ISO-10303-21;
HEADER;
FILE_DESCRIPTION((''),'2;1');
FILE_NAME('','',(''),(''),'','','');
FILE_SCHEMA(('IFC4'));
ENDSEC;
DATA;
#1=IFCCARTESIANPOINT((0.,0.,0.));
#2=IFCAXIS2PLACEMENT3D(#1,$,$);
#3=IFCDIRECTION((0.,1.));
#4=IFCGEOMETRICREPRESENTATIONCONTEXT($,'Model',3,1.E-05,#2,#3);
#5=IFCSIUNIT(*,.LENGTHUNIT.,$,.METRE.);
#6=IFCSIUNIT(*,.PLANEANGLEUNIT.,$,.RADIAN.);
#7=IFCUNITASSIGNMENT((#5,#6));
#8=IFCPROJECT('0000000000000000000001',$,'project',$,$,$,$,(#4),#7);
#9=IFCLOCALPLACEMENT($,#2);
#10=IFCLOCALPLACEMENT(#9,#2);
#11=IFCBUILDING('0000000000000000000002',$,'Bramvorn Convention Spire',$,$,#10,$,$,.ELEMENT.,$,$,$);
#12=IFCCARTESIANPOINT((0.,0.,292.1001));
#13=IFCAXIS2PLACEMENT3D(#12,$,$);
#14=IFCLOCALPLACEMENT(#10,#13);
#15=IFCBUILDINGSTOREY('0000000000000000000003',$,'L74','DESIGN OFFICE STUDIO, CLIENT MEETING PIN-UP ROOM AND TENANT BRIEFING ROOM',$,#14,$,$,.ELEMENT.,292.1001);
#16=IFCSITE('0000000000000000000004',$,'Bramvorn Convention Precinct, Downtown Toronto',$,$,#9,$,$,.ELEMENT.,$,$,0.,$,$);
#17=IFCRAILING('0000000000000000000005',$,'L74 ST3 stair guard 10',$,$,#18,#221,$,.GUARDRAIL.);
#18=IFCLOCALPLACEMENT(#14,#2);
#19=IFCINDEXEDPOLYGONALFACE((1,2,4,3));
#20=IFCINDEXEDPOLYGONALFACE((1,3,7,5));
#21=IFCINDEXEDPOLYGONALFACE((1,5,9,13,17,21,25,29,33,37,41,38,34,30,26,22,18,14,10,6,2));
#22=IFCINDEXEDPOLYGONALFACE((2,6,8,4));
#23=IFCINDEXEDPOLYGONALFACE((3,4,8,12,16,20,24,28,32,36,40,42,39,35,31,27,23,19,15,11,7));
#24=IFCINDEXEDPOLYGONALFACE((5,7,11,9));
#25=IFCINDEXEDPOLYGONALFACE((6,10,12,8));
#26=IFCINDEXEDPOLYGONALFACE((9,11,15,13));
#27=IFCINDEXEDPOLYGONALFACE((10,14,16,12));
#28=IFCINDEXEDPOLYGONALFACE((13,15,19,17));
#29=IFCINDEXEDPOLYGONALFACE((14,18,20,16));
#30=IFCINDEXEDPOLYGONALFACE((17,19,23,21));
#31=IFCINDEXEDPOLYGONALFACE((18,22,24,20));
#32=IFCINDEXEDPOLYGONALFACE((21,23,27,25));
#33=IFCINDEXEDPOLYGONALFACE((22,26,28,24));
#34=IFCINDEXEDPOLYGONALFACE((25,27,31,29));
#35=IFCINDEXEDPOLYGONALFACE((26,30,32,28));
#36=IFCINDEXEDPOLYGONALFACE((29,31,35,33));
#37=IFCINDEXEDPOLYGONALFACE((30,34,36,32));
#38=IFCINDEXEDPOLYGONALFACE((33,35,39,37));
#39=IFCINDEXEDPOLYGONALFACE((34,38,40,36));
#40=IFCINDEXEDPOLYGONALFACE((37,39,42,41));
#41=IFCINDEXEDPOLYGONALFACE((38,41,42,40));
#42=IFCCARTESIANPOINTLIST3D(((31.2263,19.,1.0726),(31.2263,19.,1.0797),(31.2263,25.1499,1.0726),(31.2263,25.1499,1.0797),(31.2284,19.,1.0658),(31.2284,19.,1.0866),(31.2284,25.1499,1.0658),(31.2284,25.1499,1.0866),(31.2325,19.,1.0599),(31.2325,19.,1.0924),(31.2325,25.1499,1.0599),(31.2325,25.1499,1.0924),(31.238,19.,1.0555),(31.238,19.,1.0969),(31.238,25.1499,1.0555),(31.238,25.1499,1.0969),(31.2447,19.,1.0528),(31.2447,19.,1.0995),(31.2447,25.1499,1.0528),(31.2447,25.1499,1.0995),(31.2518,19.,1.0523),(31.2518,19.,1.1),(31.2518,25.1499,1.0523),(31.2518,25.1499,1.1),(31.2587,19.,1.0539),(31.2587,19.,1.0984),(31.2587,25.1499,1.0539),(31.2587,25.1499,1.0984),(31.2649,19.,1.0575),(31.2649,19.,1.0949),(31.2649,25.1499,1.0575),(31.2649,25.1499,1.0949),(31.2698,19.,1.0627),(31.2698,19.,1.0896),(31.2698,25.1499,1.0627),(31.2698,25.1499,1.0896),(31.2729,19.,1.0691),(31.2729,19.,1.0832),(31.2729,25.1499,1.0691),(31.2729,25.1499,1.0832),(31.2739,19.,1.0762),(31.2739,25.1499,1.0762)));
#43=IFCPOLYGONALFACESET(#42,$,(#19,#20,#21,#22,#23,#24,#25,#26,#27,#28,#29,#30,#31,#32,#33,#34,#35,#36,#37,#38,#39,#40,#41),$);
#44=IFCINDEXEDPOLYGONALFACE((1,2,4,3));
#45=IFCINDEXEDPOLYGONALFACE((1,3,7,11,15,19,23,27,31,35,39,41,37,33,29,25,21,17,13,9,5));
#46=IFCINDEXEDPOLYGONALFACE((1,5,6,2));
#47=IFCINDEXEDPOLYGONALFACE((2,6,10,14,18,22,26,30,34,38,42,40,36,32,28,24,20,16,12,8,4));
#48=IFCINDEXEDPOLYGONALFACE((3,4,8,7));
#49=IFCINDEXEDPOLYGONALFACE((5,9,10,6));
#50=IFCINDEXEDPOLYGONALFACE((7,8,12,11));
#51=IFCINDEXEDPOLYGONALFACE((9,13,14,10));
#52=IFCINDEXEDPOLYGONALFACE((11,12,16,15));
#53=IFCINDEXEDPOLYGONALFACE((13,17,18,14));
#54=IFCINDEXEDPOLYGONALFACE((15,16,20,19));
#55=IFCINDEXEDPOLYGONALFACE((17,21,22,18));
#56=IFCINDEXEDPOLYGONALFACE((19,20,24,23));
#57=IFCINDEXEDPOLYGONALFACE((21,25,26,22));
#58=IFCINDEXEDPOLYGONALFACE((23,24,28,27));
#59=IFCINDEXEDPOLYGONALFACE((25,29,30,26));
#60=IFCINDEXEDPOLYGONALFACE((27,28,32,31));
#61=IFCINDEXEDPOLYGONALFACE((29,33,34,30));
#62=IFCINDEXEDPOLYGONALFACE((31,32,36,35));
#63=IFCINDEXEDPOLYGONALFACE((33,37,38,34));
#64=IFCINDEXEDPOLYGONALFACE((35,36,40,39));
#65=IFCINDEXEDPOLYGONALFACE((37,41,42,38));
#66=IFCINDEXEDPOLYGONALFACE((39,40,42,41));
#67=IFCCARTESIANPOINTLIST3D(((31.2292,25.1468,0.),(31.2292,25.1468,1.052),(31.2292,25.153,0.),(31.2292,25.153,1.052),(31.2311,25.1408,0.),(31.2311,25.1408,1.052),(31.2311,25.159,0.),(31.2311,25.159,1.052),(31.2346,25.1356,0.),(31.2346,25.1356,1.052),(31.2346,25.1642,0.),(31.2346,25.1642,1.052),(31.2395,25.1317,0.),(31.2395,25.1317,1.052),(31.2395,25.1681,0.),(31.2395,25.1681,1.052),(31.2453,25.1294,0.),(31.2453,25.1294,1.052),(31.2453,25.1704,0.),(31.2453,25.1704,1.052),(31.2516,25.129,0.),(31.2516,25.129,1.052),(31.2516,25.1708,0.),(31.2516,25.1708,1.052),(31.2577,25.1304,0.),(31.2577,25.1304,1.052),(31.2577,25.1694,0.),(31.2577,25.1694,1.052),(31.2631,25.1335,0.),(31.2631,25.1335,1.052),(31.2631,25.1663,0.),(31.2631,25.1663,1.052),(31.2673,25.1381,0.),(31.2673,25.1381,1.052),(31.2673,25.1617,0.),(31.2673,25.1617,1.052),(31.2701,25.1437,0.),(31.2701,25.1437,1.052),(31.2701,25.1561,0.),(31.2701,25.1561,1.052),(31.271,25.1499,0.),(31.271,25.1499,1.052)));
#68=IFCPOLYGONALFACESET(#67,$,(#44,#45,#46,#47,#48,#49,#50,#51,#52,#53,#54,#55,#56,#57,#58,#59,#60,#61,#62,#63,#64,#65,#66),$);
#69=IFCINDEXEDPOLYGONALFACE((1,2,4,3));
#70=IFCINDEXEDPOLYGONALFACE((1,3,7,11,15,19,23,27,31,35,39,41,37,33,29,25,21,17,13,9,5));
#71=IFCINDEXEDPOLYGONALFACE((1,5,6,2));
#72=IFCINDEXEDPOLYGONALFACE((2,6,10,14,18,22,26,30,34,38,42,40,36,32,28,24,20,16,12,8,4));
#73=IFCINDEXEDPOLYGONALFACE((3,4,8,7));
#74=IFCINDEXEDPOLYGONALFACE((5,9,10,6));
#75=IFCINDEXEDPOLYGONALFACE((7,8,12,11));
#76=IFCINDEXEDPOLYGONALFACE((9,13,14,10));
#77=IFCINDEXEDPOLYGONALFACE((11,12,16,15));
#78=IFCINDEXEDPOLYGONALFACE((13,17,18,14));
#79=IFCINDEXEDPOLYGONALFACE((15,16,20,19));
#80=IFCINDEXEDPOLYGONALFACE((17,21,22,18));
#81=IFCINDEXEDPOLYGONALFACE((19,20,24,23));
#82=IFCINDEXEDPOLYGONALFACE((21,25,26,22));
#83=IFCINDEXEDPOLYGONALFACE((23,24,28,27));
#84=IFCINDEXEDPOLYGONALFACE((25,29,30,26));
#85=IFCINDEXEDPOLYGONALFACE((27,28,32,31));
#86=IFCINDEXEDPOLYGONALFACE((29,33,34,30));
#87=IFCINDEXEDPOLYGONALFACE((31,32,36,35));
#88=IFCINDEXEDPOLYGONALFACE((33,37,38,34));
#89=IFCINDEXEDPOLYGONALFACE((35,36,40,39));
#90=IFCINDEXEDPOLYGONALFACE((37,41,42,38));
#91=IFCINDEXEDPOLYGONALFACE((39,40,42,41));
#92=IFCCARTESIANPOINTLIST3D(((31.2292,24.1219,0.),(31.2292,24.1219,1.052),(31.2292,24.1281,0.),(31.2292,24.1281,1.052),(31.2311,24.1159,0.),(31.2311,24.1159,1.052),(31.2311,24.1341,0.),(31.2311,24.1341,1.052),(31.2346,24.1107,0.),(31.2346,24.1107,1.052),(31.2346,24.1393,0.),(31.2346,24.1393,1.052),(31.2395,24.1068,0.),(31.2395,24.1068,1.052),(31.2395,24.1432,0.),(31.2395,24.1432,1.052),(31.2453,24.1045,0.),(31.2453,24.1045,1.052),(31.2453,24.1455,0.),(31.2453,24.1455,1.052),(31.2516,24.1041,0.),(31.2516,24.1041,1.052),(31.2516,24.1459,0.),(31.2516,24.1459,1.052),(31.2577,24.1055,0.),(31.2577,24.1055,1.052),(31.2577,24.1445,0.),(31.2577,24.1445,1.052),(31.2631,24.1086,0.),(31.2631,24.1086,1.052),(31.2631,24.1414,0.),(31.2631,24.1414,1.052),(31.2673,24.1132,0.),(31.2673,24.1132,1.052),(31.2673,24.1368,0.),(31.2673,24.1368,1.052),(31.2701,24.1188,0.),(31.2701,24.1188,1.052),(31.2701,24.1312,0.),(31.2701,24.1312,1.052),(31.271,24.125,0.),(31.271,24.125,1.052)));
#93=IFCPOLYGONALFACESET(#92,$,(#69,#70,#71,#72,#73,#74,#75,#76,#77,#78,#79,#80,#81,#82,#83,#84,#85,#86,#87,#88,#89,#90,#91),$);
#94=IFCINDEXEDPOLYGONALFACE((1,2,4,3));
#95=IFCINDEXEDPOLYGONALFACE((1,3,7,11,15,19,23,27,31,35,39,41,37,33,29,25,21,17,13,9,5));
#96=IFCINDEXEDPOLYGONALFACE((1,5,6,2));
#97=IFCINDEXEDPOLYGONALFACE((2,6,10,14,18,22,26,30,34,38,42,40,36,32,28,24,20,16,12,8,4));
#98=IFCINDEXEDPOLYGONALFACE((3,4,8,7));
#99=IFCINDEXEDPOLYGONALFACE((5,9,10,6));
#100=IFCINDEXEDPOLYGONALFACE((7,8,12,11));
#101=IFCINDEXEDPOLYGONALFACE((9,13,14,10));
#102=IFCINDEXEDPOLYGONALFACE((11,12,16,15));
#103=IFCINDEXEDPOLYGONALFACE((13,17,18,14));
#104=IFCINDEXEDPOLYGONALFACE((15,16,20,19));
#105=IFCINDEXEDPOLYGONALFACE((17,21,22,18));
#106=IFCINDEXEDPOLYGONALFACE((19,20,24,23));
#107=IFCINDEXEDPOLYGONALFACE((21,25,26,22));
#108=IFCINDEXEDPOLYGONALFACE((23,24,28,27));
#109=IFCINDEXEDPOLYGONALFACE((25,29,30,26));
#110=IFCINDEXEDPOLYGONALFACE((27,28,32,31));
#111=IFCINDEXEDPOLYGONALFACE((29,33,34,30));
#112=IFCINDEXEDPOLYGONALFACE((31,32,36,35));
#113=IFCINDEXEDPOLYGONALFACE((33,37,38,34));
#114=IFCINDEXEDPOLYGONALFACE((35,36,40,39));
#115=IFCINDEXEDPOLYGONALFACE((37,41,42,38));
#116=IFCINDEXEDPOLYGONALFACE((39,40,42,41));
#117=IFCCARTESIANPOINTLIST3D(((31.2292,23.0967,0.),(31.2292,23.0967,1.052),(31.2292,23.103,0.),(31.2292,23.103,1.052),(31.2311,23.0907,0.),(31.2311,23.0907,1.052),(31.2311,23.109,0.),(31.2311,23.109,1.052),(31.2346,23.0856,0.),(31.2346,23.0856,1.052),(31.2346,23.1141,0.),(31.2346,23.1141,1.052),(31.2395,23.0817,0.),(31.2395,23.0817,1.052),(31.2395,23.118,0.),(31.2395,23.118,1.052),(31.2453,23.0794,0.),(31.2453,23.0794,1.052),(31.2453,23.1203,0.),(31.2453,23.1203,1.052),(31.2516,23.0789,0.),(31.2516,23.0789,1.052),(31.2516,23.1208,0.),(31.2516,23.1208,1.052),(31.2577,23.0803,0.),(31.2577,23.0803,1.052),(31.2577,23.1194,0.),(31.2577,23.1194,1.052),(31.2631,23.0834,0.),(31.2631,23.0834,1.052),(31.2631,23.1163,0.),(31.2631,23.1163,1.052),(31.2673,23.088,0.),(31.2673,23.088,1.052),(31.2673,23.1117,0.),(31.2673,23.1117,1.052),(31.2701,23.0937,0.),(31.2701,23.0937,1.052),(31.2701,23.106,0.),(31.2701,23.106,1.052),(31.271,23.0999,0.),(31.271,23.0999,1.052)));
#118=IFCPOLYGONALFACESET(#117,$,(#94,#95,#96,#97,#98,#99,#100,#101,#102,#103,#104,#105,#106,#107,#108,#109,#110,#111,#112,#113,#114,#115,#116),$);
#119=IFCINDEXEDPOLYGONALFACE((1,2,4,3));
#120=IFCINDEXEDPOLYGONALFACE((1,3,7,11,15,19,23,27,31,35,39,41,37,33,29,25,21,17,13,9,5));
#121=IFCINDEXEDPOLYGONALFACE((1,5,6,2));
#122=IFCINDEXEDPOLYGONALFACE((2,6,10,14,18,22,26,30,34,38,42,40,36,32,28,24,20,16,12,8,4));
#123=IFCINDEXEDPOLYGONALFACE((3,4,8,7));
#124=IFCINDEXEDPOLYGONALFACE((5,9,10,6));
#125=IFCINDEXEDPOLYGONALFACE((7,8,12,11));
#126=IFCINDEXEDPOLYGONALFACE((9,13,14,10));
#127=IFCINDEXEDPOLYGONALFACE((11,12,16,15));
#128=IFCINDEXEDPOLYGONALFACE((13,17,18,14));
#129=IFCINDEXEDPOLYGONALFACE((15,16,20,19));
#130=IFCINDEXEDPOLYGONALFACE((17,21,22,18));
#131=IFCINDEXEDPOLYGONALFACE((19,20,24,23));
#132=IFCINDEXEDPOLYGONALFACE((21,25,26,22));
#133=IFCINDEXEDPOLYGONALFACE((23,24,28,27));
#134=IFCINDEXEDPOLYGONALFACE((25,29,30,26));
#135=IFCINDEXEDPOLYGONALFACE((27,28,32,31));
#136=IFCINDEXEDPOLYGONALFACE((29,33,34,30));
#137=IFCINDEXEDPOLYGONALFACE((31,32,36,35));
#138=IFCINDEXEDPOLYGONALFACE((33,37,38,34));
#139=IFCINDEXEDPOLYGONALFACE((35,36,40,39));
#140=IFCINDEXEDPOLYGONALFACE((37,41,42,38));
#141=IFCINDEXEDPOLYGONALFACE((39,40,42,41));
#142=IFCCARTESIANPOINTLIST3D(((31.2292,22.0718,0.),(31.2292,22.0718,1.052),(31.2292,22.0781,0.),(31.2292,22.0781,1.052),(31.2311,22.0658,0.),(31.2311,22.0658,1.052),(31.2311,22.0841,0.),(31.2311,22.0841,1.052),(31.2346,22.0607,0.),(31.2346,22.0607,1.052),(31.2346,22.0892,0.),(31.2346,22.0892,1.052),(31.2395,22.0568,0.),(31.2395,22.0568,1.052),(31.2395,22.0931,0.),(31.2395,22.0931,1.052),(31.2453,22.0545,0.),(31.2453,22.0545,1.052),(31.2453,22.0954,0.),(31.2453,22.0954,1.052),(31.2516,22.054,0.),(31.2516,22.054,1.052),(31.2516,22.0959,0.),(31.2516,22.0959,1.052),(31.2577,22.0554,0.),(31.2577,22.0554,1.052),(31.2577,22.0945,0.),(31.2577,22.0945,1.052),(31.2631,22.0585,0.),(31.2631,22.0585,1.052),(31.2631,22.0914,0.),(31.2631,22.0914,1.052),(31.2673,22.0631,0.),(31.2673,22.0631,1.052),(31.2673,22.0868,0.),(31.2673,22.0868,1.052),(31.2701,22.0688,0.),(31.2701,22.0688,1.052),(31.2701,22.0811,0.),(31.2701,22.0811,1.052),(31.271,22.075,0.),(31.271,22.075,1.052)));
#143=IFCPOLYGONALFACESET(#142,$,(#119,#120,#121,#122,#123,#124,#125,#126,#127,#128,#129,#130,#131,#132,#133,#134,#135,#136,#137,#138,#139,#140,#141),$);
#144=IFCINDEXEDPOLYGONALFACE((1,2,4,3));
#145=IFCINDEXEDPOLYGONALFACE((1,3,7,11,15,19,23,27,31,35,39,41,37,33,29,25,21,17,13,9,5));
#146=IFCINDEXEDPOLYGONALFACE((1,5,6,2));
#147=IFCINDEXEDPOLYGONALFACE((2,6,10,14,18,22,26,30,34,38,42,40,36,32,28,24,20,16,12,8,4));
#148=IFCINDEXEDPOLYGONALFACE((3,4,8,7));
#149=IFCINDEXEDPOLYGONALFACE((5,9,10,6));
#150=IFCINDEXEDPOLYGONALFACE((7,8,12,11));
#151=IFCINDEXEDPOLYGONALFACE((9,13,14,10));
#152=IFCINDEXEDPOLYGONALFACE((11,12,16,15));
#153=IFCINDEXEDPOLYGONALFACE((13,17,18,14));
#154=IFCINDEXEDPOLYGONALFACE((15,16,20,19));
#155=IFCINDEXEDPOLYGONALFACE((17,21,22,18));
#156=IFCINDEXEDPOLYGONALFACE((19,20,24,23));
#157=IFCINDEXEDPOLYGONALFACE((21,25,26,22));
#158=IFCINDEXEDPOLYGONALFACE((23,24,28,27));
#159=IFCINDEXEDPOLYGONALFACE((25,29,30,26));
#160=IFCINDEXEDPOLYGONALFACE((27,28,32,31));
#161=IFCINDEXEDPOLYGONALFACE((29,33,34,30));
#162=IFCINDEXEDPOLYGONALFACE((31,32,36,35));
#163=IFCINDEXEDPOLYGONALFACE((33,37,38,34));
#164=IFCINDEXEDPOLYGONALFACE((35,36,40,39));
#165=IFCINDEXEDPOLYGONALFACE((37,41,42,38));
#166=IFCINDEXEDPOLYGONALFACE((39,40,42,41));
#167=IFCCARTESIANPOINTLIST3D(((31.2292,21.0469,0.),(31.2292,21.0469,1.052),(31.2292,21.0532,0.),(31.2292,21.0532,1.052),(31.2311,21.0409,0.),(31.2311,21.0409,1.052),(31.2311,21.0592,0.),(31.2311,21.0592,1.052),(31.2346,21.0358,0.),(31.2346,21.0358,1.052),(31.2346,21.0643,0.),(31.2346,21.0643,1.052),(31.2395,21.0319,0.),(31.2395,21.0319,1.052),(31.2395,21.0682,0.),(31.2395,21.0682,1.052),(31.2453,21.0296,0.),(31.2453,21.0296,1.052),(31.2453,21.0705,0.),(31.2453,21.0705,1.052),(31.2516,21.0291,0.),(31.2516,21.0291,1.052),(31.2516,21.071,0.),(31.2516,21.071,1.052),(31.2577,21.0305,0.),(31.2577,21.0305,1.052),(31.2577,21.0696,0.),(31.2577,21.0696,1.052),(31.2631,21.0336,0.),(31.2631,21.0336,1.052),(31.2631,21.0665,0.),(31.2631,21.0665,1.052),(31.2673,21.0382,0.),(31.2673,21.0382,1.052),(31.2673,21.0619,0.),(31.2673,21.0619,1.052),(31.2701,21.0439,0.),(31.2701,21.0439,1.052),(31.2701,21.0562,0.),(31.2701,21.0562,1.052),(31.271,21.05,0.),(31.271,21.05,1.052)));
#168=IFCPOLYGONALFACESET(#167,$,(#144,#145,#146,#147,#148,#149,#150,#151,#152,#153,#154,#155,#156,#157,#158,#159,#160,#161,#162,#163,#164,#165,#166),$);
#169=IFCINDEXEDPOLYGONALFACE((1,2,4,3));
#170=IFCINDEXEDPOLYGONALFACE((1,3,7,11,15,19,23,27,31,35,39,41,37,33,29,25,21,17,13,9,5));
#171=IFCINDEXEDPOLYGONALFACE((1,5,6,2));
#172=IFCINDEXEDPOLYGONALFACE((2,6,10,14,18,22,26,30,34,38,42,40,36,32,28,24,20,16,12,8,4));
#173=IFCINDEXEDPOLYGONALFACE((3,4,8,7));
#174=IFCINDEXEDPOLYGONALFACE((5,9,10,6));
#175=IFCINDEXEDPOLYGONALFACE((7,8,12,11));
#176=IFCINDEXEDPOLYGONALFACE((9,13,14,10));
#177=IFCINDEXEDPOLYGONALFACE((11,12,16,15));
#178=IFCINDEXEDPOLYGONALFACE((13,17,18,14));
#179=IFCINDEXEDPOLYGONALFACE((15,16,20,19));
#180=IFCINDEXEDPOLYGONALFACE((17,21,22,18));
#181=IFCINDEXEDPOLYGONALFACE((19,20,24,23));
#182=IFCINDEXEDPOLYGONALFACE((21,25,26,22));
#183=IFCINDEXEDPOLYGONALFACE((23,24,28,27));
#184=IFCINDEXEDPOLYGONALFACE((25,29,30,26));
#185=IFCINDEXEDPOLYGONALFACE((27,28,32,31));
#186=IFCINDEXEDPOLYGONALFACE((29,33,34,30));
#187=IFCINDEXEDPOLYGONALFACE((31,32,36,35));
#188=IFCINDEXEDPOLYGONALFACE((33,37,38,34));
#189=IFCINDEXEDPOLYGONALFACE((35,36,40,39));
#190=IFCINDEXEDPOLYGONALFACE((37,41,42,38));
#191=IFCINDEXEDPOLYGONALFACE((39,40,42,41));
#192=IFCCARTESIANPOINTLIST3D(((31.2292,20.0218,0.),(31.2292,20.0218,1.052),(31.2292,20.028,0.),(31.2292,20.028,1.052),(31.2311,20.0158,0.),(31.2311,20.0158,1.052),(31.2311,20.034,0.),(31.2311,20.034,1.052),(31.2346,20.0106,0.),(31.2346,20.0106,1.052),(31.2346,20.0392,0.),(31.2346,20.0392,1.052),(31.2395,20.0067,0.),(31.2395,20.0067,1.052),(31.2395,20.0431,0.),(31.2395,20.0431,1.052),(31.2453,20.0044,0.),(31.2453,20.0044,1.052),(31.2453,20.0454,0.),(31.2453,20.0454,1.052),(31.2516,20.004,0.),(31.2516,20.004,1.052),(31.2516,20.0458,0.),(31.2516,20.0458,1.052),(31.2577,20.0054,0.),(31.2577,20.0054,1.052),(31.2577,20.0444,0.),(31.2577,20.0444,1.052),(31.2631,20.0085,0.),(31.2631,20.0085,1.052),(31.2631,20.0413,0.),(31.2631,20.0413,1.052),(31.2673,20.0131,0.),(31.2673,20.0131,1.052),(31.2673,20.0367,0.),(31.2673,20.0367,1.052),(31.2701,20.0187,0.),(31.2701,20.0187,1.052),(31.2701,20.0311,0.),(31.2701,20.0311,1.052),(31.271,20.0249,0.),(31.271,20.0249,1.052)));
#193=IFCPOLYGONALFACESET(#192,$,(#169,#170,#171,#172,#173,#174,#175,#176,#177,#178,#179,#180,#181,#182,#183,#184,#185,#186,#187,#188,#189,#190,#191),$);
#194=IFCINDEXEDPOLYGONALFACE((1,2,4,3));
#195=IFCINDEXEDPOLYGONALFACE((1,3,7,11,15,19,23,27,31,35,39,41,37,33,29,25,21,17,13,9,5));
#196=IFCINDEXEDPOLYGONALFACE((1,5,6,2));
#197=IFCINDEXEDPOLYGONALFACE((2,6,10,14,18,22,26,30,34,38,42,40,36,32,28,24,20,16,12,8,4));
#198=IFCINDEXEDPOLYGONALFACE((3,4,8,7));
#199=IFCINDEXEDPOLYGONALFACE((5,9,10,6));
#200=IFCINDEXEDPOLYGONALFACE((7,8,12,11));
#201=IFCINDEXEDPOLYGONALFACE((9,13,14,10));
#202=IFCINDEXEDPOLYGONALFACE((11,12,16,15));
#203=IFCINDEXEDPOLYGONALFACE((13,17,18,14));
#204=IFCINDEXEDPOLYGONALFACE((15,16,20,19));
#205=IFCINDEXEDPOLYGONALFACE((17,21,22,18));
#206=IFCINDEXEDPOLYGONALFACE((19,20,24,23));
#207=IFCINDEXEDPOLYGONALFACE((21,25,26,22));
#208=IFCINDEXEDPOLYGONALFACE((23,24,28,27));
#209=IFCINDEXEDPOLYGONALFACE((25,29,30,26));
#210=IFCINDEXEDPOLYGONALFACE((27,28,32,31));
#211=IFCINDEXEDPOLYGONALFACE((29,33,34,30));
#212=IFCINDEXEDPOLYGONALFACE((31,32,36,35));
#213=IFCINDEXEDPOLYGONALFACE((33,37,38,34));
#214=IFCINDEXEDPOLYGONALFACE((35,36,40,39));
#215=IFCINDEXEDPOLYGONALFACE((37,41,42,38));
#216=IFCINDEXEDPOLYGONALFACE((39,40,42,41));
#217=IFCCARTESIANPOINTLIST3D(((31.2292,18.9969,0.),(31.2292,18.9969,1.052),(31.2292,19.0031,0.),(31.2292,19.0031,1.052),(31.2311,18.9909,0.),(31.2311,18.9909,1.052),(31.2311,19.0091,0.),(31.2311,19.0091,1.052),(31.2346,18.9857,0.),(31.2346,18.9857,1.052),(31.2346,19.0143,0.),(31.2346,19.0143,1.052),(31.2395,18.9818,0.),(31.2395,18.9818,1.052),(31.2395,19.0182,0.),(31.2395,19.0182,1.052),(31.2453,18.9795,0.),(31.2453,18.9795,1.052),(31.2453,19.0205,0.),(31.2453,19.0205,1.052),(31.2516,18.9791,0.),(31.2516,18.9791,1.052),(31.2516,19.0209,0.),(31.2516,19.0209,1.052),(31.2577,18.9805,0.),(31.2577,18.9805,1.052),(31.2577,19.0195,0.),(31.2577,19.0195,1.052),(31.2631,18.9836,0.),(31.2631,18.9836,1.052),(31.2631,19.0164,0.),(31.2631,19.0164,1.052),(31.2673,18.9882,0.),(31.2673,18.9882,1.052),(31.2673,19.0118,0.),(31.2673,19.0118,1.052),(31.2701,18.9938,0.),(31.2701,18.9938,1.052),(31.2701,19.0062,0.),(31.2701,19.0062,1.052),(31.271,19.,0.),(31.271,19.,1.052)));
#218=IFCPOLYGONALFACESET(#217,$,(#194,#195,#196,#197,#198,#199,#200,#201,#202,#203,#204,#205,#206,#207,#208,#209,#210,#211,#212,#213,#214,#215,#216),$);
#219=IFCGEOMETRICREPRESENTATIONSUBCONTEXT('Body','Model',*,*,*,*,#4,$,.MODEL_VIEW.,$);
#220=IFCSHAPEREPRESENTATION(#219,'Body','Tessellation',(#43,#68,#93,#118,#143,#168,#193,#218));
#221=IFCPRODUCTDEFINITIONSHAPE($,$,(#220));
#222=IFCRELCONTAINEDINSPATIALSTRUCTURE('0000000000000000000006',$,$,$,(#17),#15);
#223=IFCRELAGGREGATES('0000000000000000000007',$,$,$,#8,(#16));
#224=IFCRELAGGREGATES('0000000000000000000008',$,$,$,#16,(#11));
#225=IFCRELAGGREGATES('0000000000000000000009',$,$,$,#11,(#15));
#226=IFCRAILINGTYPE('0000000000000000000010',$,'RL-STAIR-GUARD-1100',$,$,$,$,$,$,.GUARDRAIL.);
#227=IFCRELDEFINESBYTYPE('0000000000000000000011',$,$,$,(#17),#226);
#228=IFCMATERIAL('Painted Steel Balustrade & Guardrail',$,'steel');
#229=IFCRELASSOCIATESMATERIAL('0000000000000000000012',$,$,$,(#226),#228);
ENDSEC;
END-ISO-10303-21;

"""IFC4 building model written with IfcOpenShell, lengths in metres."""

from ifc_helpers import new_model, si_unit, direction, frame, origin, origin_2d, place, context, subcontext, project, spatial, circle, extrude, material, type_object, element, save


model = new_model("IFC4")

# Units and contexts
model_context = context("Model", 3, precision=1e-05, world=origin(), true_north=direction((0.0, 1.0)))
body_context = subcontext(model_context, "Body", "Model", "MODEL_VIEW")
ifc_project = project(units=[si_unit("LENGTHUNIT", "METRE"), si_unit("PLANEANGLEUNIT", "RADIAN")], contexts=[model_context])

# Site, building, storey
site_placement = place(None, origin())
site = spatial("IfcSite", under=ifc_project, at=site_placement, Name="Bramvorn Convention Precinct, Downtown Toronto", CompositionType="ELEMENT", RefElevation=0.0)
building_placement = place(site_placement, origin())
building = spatial("IfcBuilding", under=site, at=building_placement, Name="Bramvorn Convention Spire", CompositionType="ELEMENT")
storey_placement = place(building_placement, frame((0.0, 0.0, 292.1001)))
storey = spatial("IfcBuildingStorey", under=building, at=storey_placement, Name="L74", Description="DESIGN OFFICE STUDIO, CLIENT MEETING PIN-UP ROOM AND TENANT BRIEFING ROOM", CompositionType="ELEMENT", Elevation=292.1001)

# Railing
ifc_material_1 = material(Name="Painted Steel Balustrade & Guardrail", Category="steel")
railing_type = type_object("IfcRailingType", Name="RL-STAIR-GUARD-1100", PredefinedType="GUARDRAIL", material=ifc_material_1)
railing_1_placement = place(storey_placement, frame((31.25, 25.1499, 0.0)))
element("IfcRailing", 1, at=railing_1_placement, inside=storey, type_object=railing_type, Name="L74 ST3 stair guard 10", PredefinedType="GUARDRAIL", context=body_context, shape_type="SweptSolid", body=[
    extrude(circle(Radius=0.0239, at=origin_2d()), frame((0.0, 0.0, 1.0762), z_axis=(0.0, -1.0, 0.0), x_axis=(1.0, 0.0, 0.0)), (0.0, 0.0, 1.0), 6.1499),
    extrude(circle(Radius=0.021, at=origin_2d()), origin(), (0.0, 0.0, 1.0), 1.052),
    extrude(circle(Radius=0.021, at=origin_2d()), frame((0.0, -1.0249, 0.0)), (0.0, 0.0, 1.0), 1.052),
    extrude(circle(Radius=0.021, at=origin_2d()), frame((0.0, -2.05, 0.0)), (0.0, 0.0, 1.0), 1.052),
    extrude(circle(Radius=0.021, at=origin_2d()), frame((0.0, -3.075, 0.0)), (0.0, 0.0, 1.0), 1.052),
    extrude(circle(Radius=0.021, at=origin_2d()), frame((0.0, -4.0999, 0.0)), (0.0, 0.0, 1.0), 1.052),
    extrude(circle(Radius=0.021, at=origin_2d()), frame((0.0, -5.125, 0.0)), (0.0, 0.0, 1.0), 1.052),
    extrude(circle(Radius=0.021, at=origin_2d()), frame((0.0, -6.1499, 0.0)), (0.0, 0.0, 1.0), 1.052),
])

save(model, "model.ifc")
